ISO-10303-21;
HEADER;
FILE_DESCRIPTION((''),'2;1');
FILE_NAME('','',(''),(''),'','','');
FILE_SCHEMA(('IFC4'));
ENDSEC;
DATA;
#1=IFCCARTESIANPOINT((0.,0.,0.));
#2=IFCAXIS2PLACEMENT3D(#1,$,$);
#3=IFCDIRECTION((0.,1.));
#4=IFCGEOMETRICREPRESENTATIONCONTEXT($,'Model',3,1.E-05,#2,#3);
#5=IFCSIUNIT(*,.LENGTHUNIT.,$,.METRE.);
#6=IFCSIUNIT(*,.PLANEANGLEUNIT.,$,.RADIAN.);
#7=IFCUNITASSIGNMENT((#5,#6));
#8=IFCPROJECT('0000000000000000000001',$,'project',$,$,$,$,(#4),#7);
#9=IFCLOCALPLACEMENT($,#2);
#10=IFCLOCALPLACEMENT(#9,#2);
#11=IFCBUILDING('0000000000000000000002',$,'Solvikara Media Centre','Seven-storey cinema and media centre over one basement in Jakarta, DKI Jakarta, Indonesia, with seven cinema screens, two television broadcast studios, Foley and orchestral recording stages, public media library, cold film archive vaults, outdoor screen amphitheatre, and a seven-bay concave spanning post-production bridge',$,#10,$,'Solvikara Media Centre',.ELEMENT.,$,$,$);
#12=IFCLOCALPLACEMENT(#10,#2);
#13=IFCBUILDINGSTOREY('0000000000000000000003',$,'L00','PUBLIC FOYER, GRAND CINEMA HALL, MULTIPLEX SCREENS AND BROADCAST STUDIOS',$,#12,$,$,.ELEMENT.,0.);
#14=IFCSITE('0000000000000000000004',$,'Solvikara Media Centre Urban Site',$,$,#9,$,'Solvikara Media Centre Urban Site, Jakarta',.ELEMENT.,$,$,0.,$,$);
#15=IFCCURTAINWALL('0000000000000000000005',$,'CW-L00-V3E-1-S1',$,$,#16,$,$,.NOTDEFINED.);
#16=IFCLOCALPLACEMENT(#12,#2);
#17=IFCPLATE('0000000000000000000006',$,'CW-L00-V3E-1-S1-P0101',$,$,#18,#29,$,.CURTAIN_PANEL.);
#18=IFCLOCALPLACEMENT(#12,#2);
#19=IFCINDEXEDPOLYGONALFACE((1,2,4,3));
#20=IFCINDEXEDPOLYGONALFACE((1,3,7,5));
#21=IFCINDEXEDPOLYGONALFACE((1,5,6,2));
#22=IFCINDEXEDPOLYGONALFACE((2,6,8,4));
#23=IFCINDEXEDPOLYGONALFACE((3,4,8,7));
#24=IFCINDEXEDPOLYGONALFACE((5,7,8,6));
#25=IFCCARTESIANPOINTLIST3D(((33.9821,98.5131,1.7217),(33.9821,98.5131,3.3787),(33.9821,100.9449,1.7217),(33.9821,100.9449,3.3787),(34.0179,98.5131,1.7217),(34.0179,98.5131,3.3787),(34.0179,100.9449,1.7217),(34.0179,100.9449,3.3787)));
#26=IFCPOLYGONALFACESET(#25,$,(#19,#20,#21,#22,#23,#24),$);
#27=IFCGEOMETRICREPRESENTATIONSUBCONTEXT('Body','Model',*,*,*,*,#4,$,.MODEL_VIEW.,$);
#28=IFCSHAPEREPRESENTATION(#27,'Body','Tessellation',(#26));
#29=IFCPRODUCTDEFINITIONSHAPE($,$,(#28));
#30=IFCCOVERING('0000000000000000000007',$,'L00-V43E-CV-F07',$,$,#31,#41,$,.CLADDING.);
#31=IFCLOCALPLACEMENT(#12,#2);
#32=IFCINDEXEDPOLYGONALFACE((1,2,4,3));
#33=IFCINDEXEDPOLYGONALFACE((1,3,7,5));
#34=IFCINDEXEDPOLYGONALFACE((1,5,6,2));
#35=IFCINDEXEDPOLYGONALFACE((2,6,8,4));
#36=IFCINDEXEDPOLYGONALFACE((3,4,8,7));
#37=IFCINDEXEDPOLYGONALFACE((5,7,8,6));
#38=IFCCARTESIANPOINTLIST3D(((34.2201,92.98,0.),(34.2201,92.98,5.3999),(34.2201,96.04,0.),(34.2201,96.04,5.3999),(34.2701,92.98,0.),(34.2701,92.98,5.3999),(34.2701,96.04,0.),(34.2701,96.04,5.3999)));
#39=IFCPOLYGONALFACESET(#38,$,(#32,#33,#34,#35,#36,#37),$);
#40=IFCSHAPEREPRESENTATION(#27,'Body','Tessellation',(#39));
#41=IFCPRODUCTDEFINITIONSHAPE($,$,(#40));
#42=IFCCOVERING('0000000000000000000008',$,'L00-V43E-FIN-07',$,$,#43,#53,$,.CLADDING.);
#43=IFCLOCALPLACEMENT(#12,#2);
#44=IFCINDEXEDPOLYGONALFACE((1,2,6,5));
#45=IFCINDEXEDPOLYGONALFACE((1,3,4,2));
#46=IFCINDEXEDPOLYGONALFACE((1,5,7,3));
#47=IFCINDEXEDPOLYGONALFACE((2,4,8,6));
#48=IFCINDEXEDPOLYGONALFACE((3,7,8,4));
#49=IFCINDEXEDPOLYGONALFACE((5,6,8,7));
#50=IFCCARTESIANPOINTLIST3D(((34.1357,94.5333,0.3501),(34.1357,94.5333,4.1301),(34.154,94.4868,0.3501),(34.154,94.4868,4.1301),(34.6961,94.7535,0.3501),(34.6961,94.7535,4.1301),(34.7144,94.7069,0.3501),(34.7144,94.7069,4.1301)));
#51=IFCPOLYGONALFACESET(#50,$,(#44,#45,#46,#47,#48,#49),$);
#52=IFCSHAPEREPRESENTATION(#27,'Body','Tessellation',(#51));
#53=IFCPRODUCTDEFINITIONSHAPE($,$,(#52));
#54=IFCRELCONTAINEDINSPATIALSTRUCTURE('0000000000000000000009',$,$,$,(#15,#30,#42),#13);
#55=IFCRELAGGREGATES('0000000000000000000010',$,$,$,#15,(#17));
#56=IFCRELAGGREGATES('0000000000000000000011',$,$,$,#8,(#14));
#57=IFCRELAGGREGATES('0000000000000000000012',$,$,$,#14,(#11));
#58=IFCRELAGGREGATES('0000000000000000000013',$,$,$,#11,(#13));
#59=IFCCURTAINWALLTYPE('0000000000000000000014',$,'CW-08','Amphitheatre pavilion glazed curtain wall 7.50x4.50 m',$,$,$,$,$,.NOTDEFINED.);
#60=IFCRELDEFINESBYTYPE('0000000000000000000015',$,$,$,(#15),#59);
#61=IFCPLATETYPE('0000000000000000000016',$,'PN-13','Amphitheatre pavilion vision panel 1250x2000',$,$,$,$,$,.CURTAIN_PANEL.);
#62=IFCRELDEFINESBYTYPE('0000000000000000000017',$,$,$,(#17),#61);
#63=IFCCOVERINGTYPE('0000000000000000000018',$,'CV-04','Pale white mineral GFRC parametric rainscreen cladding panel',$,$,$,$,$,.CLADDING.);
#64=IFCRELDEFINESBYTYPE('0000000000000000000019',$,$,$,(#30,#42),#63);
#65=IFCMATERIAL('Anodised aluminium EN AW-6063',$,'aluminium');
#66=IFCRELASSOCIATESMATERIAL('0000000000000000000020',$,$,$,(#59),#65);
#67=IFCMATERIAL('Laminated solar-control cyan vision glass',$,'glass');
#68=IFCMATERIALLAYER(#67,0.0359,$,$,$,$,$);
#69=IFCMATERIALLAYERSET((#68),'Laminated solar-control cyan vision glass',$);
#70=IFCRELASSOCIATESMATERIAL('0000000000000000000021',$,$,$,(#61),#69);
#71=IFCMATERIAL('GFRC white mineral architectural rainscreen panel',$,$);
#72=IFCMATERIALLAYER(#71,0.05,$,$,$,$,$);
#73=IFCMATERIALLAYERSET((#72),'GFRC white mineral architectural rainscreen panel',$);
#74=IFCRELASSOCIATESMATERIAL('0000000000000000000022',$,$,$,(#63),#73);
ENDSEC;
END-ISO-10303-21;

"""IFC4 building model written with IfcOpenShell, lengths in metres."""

from ifc_helpers import new_model, si_unit, direction, frame, origin, origin_2d, place, context, subcontext, project, spatial, rectangle, extrude, material, layer, layer_set, type_object, element, aggregate, save


model = new_model("IFC4")

# Units and contexts
model_context = context("Model", 3, precision=1e-05, world=origin(), true_north=direction((0.0, 1.0)))
body_context = subcontext(model_context, "Body", "Model", "MODEL_VIEW")
ifc_project = project(units=[si_unit("LENGTHUNIT", "METRE"), si_unit("PLANEANGLEUNIT", "RADIAN")], contexts=[model_context])

# Site, building, storey
site_placement = place(None, origin())
site = spatial("IfcSite", under=ifc_project, at=site_placement, Name="Solvikara Media Centre Urban Site", LongName="Solvikara Media Centre Urban Site, Jakarta", CompositionType="ELEMENT", RefElevation=0.0)
building_placement = place(site_placement, origin())
building = spatial("IfcBuilding", under=site, at=building_placement, Name="Solvikara Media Centre", Description="Seven-storey cinema and media centre over one basement in Jakarta, DKI Jakarta, Indonesia, with seven cinema screens, two television broadcast studios, Foley and orchestral recording stages, public media library, cold film archive vaults, outdoor screen amphitheatre, and a seven-bay concave spanning post-production bridge", LongName="Solvikara Media Centre", CompositionType="ELEMENT")
storey_placement = place(building_placement, origin())
storey = spatial("IfcBuildingStorey", under=building, at=storey_placement, Name="L00", Description="PUBLIC FOYER, GRAND CINEMA HALL, MULTIPLEX SCREENS AND BROADCAST STUDIOS", CompositionType="ELEMENT", Elevation=0.0)

# Curtain wall, plate
ifc_material_1 = material(Name="Anodised aluminium EN AW-6063", Category="aluminium")
curtain_wall_type = type_object("IfcCurtainWallType", Name="CW-08", Description="Amphitheatre pavilion glazed curtain wall 7.50x4.50 m", PredefinedType="NOTDEFINED", material=ifc_material_1)
curtain_wall_placement = place(storey_placement, origin())
curtain_wall = element("IfcCurtainWall", 1, at=curtain_wall_placement, inside=storey, type_object=curtain_wall_type, Name="CW-L00-V3E-1-S1", PredefinedType="NOTDEFINED")
ifc_material_2 = material(Name="Laminated solar-control cyan vision glass", Category="glass")
ifc_layer_1 = layer(ifc_material_2, 0.0359)
ifc_layer_set_1 = layer_set([ifc_layer_1], Name="Laminated solar-control cyan vision glass")
plate_type_1 = type_object("IfcPlateType", Name="PN-13", Description="Amphitheatre pavilion vision panel 1250x2000", PredefinedType="CURTAIN_PANEL", material=ifc_layer_set_1)
plate_1_placement = place(storey_placement, frame((34.0, 99.729, 1.7217), z_axis=(0.0, 0.0, 1.0), x_axis=(0.0, 1.0, 0.0)))
plate_1 = element("IfcPlate", 2, at=plate_1_placement, type_object=plate_type_1, Name="CW-L00-V3E-1-S1-P0101", PredefinedType="CURTAIN_PANEL", context=body_context, shape_type="SweptSolid", body=[
    extrude(rectangle(XDim=2.4319, YDim=0.0359, at=origin_2d()), origin(), (0.0, 0.0, 1.0), 1.657),
])
aggregate(curtain_wall, [plate_1])

# Coverings
ifc_material_3 = material(Name="GFRC white mineral architectural rainscreen panel")
ifc_layer_2 = layer(ifc_material_3, 0.05)
ifc_layer_set_2 = layer_set([ifc_layer_2], Name="GFRC white mineral architectural rainscreen panel")
covering_type = type_object("IfcCoveringType", Name="CV-04", Description="Pale white mineral GFRC parametric rainscreen cladding panel", PredefinedType="CLADDING", material=ifc_layer_set_2)
covering_1_placement = place(storey_placement, frame((34.2451, 94.51, 0.0), z_axis=(0.0, 0.0, 1.0), x_axis=(0.0, 1.0, 0.0)))
element("IfcCovering", 3, at=covering_1_placement, inside=storey, type_object=covering_type, Name="L00-V43E-CV-F07", PredefinedType="CLADDING", context=body_context, shape_type="SweptSolid", body=[
    extrude(rectangle(XDim=3.0601, YDim=0.05, at=origin_2d()), origin(), (0.0, 0.0, 1.0), 5.3999),
])
covering_2_placement = place(storey_placement, frame((34.425, 94.6201, 0.3501), z_axis=(0.0, 0.0, 1.0), x_axis=(0.93075, 0.365657, 0.0)))
element("IfcCovering", 4, at=covering_2_placement, inside=storey, type_object=covering_type, Name="L00-V43E-FIN-07", PredefinedType="CLADDING", context=body_context, shape_type="SweptSolid", body=[
    extrude(rectangle(XDim=0.6021, YDim=0.05, at=origin_2d()), origin(), (0.0, 0.0, 1.0), 3.78),
])

save(model, "model.ifc")
